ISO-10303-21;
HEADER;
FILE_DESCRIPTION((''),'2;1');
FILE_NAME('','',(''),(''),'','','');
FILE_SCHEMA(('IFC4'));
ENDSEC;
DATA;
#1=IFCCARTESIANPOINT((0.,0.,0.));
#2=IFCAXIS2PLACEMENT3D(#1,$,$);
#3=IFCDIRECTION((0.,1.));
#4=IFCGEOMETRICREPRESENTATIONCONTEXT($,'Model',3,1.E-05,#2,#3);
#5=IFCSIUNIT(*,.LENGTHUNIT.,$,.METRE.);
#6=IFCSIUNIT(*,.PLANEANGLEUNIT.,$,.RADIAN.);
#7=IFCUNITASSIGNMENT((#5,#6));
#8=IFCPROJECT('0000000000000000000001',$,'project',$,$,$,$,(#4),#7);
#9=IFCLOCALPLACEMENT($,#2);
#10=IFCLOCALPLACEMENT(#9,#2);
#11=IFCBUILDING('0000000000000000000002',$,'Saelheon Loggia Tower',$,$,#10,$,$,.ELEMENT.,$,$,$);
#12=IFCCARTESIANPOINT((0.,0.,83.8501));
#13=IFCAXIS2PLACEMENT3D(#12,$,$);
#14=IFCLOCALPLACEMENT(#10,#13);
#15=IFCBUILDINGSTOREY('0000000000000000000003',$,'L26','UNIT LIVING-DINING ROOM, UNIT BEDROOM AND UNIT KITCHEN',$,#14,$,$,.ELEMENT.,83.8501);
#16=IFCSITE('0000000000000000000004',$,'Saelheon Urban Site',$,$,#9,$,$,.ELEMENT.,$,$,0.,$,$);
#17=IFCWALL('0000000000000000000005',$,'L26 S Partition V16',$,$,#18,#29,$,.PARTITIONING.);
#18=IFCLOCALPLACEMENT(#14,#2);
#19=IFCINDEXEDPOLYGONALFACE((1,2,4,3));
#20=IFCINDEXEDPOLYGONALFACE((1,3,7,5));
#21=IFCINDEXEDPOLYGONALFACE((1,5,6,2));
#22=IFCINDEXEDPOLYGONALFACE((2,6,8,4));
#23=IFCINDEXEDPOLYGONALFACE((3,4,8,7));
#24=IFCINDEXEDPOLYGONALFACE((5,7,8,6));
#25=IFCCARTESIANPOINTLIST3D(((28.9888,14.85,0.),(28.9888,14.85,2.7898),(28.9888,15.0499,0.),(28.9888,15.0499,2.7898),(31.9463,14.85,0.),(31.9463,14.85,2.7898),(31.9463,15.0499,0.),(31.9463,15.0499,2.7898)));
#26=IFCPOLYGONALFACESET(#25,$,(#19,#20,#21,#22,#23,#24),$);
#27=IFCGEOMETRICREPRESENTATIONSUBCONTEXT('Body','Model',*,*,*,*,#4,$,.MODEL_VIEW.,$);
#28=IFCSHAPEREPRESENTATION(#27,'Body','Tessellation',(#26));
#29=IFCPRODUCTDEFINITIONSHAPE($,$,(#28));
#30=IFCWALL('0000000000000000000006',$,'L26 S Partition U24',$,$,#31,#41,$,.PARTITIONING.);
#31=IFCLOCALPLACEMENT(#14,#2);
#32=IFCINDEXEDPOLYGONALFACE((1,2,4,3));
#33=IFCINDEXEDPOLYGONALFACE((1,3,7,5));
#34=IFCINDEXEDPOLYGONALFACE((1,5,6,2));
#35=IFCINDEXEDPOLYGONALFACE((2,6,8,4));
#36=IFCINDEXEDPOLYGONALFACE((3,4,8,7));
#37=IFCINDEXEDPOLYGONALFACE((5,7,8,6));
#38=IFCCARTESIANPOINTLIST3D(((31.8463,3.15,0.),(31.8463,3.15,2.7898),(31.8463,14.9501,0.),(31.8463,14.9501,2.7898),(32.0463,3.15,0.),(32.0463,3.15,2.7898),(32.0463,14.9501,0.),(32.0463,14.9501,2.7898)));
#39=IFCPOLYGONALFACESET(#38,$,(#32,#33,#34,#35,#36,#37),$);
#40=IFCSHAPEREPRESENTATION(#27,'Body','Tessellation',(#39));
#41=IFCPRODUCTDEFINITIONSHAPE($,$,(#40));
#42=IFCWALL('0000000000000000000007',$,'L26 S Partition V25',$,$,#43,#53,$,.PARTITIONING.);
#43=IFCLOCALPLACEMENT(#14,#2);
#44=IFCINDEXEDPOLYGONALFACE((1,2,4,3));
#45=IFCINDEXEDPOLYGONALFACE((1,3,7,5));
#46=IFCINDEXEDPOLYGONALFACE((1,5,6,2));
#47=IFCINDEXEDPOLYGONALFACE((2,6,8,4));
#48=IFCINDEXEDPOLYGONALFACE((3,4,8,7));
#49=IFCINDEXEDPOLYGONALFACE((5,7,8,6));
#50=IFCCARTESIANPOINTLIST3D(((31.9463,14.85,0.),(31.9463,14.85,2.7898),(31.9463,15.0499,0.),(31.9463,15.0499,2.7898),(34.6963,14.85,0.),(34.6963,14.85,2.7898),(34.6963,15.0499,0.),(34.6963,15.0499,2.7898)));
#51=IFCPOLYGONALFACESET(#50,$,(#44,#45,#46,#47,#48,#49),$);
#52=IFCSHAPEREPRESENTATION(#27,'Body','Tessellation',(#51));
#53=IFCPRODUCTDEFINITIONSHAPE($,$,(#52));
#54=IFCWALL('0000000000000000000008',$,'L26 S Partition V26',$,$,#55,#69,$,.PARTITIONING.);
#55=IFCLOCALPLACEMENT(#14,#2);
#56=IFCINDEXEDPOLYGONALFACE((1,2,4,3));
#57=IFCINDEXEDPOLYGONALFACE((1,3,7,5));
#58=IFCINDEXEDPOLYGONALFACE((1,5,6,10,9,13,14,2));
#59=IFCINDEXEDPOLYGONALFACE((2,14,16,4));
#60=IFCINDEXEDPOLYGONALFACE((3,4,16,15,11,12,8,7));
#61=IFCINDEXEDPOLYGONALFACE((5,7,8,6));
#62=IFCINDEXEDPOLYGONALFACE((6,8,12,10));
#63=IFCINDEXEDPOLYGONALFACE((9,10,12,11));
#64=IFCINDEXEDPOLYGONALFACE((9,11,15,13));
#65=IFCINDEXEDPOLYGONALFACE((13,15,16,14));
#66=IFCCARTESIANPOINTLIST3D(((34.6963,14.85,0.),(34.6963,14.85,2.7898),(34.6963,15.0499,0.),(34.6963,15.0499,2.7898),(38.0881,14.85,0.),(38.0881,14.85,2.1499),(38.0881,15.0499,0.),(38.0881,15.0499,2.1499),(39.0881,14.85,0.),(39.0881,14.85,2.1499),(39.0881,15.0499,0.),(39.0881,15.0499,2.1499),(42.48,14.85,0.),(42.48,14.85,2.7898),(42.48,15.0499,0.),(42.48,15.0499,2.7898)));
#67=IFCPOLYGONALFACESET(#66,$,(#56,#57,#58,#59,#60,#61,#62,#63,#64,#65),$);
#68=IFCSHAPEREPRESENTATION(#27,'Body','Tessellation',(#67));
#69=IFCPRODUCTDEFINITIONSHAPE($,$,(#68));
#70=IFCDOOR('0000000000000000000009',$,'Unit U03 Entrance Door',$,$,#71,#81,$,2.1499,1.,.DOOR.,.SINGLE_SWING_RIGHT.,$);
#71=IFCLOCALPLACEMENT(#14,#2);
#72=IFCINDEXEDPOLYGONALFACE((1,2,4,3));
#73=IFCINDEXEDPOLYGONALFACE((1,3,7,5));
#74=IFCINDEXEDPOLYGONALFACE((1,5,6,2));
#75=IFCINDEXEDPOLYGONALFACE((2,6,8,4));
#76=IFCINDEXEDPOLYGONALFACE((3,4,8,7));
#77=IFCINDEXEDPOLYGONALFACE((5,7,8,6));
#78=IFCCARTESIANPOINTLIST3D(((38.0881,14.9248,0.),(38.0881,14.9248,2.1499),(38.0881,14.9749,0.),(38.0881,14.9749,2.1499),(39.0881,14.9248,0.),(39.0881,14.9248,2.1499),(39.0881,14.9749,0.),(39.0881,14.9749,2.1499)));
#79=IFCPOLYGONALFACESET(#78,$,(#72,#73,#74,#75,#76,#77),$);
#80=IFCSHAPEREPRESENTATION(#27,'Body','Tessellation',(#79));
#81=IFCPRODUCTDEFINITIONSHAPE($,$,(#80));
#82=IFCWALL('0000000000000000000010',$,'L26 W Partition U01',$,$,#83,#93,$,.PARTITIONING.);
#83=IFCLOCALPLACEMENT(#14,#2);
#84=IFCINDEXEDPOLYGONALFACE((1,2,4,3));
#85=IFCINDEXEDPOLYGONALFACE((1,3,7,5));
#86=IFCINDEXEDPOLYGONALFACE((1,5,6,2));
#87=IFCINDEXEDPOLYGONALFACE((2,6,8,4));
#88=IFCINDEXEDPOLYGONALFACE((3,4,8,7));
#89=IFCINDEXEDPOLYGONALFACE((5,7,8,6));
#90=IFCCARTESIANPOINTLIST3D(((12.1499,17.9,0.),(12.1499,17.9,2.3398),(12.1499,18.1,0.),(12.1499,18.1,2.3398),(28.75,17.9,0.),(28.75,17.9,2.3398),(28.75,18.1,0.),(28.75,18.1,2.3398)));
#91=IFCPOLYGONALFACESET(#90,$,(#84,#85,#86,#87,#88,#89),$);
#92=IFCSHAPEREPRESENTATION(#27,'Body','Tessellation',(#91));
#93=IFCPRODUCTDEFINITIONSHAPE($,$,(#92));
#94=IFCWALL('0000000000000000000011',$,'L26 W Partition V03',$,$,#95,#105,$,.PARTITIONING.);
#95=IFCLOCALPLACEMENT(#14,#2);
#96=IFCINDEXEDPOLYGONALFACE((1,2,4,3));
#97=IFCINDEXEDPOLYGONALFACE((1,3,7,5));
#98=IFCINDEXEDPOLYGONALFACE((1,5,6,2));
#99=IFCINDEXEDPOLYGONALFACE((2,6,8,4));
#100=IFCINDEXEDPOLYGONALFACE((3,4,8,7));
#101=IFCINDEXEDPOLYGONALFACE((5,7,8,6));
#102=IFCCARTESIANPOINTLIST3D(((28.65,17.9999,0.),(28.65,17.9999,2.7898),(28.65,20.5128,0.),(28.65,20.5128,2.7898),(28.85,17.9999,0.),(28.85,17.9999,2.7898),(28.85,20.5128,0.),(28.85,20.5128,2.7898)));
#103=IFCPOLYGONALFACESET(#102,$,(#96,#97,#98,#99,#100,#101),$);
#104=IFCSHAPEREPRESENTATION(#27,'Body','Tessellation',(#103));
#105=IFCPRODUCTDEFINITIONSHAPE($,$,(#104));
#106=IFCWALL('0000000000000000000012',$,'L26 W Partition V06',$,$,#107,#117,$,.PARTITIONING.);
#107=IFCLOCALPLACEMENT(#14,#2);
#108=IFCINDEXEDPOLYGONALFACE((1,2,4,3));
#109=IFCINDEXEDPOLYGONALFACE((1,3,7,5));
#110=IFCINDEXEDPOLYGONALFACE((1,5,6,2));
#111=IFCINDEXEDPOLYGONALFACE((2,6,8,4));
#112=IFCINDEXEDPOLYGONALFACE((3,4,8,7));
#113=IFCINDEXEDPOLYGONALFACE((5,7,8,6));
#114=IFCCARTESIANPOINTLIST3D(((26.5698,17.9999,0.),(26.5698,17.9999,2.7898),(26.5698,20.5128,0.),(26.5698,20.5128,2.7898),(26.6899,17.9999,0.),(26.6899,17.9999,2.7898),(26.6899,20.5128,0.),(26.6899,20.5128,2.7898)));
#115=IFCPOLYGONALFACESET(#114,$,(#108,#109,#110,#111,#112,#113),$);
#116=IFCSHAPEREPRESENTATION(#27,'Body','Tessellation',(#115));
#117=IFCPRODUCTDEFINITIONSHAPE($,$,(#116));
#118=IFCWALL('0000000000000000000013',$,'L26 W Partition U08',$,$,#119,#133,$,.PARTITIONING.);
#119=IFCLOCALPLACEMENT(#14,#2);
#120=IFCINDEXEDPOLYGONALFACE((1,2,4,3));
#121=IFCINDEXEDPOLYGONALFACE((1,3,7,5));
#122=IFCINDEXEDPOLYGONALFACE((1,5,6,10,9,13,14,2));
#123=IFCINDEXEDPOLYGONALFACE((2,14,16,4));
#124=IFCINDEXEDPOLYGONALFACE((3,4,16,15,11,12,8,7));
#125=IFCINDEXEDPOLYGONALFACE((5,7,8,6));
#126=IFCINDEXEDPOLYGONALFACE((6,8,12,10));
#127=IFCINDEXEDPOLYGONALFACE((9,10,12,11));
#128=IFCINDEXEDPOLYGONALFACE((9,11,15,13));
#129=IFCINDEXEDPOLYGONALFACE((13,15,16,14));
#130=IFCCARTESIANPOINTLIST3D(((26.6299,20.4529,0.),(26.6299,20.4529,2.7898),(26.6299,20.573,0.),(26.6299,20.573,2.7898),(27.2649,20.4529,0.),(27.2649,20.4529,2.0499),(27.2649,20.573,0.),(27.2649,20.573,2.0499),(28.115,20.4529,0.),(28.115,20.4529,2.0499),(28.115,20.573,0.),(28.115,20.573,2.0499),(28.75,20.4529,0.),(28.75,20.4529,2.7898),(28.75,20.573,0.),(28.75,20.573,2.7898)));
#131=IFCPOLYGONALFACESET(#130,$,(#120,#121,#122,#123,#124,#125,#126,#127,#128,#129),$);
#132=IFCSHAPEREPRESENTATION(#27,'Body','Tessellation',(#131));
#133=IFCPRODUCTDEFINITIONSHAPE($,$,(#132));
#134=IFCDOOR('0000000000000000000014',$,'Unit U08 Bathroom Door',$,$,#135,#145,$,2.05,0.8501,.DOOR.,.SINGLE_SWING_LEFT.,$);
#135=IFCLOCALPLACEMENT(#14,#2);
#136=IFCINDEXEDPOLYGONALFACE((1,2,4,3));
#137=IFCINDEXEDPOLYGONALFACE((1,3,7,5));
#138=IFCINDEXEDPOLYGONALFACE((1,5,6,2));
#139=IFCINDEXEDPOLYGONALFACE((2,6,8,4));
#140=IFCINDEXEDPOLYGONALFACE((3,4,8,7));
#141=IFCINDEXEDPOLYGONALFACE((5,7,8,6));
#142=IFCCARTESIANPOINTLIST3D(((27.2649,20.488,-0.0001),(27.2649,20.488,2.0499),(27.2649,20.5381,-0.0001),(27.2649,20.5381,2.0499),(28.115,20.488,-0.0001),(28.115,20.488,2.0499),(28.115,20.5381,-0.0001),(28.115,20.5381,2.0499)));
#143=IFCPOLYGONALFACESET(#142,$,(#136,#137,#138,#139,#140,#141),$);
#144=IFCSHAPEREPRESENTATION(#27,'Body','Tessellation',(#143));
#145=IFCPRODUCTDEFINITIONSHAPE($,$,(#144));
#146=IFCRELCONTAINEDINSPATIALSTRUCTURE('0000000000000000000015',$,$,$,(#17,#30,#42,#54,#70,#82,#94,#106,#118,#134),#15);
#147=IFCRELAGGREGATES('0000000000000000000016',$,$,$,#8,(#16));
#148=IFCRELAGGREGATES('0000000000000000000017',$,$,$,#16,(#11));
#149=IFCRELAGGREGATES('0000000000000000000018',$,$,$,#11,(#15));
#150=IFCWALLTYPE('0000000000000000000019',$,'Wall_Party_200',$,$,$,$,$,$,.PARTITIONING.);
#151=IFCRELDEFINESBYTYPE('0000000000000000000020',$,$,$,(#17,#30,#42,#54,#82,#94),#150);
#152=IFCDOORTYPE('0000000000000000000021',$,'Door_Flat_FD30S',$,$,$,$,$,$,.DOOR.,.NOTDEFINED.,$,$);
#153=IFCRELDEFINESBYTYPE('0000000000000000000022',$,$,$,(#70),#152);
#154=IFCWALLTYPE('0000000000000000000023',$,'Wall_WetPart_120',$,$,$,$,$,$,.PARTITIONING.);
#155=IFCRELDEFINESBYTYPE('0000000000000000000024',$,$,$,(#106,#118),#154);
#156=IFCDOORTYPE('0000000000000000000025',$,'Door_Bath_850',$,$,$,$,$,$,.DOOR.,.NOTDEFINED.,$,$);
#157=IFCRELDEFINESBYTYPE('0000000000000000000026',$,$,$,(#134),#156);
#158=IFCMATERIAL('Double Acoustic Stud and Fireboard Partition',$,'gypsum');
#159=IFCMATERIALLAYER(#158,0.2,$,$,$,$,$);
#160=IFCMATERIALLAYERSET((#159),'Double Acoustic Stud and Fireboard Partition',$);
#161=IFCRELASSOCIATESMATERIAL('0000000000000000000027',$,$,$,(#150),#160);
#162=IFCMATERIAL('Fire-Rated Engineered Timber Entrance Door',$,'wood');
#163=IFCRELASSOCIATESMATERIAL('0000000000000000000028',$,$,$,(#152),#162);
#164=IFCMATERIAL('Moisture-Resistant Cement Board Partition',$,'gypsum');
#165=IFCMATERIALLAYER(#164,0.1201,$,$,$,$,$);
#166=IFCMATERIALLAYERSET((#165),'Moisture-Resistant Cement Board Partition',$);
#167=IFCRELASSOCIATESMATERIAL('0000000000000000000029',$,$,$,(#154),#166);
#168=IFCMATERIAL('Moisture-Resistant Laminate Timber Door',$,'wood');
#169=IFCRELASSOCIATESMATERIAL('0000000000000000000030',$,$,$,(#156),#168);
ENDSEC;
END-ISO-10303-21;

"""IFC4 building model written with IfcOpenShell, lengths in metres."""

from ifc_helpers import new_model, si_unit, direction, frame, frame_2d, origin, place, context, subcontext, project, spatial, rectangle, extrude, source, transform, mapped, material, layer, layer_set, type_object, element, fill, save


model = new_model("IFC4")

# Units and contexts
model_context = context("Model", 3, precision=1e-05, world=origin(), true_north=direction((0.0, 1.0)))
body_context = subcontext(model_context, "Body", "Model", "MODEL_VIEW")
ifc_project = project(units=[si_unit("LENGTHUNIT", "METRE"), si_unit("PLANEANGLEUNIT", "RADIAN")], contexts=[model_context])

# Site, building, storey
site_placement = place(None, origin())
site = spatial("IfcSite", under=ifc_project, at=site_placement, Name="Saelheon Urban Site", CompositionType="ELEMENT", RefElevation=0.0)
building_placement = place(site_placement, origin())
building = spatial("IfcBuilding", under=site, at=building_placement, Name="Saelheon Loggia Tower", CompositionType="ELEMENT")
storey_placement = place(building_placement, frame((0.0, 0.0, 83.8501)))
storey = spatial("IfcBuildingStorey", under=building, at=storey_placement, Name="L26", Description="UNIT LIVING-DINING ROOM, UNIT BEDROOM AND UNIT KITCHEN", CompositionType="ELEMENT", Elevation=83.8501)

# Walls
ifc_material_1 = material(Name="Double Acoustic Stud and Fireboard Partition", Category="gypsum")
ifc_layer_1 = layer(ifc_material_1, 0.2)
ifc_layer_set_1 = layer_set([ifc_layer_1], Name="Double Acoustic Stud and Fireboard Partition")
wall_type_1 = type_object("IfcWallType", Name="Wall_Party_200", PredefinedType="PARTITIONING", material=ifc_layer_set_1)
wall_1_placement = place(storey_placement, frame((28.9888, 14.95, 0.0), z_axis=(0.0, 0.0, 1.0), x_axis=(1.0, 0.0, 0.0)))
element("IfcWall", 1, at=wall_1_placement, inside=storey, type_object=wall_type_1, Name="L26 S Partition V16", PredefinedType="PARTITIONING", context=body_context, shape_type="SweptSolid", body=[
    extrude(rectangle(XDim=2.9575, YDim=0.2, at=frame_2d((1.4788, 0.0))), origin(), (0.0, 0.0, 1.0), 2.7898),
])
wall_2_placement = place(storey_placement, frame((31.9463, 14.95, 0.0), z_axis=(0.0, 0.0, 1.0), x_axis=(0.0, -1.0, 0.0)))
element("IfcWall", 2, at=wall_2_placement, inside=storey, type_object=wall_type_1, Name="L26 S Partition U24", PredefinedType="PARTITIONING", context=body_context, shape_type="SweptSolid", body=[
    extrude(rectangle(XDim=11.8, YDim=0.2, at=frame_2d((5.8999, 0.0))), origin(), (0.0, 0.0, 1.0), 2.7898),
])
wall_3_placement = place(storey_placement, frame((31.9463, 14.95, 0.0), z_axis=(0.0, 0.0, 1.0), x_axis=(1.0, 0.0, 0.0)))
element("IfcWall", 3, at=wall_3_placement, inside=storey, type_object=wall_type_1, Name="L26 S Partition V25", PredefinedType="PARTITIONING", context=body_context, shape_type="SweptSolid", body=[
    extrude(rectangle(XDim=2.75, YDim=0.2, at=frame_2d((1.375, 0.0))), origin(), (0.0, 0.0, 1.0), 2.7898),
])

# Wall, opening, door
wall_4_placement = place(storey_placement, frame((34.6963, 14.95, 0.0), z_axis=(0.0, 0.0, 1.0), x_axis=(1.0, 0.0, 0.0)))
wall_4 = element("IfcWall", 4, at=wall_4_placement, inside=storey, type_object=wall_type_1, Name="L26 S Partition V26", PredefinedType="PARTITIONING", context=body_context, shape_type="SweptSolid", body=[
    extrude(rectangle(XDim=7.7837, YDim=0.2, at=frame_2d((3.8918, 0.0))), origin(), (0.0, 0.0, 1.0), 2.7898),
])
opening_1_placement = place(wall_4_placement, frame((3.3918, 0.0, 0.0)))
opening_1 = element("IfcOpeningElement", 5, at=opening_1_placement, cuts=wall_4, PredefinedType="OPENING", context=body_context, shape_type="SweptSolid", body=[
    extrude(rectangle(XDim=1.0, YDim=2.1499, at=frame_2d((0.5, 1.075))), frame((0.0, 0.1121, 0.0), z_axis=(0.0, -1.0, 0.0), x_axis=(1.0, 0.0, 0.0)), (0.0, 0.0, 1.0), 0.2239),
])
ifc_material_2 = material(Name="Fire-Rated Engineered Timber Entrance Door", Category="wood")
door_type_1 = type_object("IfcDoorType", Name="Door_Flat_FD30S", OperationType="NOTDEFINED", PredefinedType="DOOR", material=ifc_material_2)
shared_shape_1 = source(origin(), body_context, "Body", "SweptSolid", [
    extrude(rectangle(XDim=1.0, YDim=2.1499, at=frame_2d((0.5, 1.075))), frame((0.0, 0.0249, 0.0), z_axis=(0.0, -1.0, 0.0), x_axis=(1.0, 0.0, 0.0)), (0.0, 0.0, 1.0), 0.05),
])
door_1_placement = place(opening_1_placement, origin())
door_1 = element("IfcDoor", 6, at=door_1_placement, inside=storey, type_object=door_type_1, Name="Unit U03 Entrance Door", OperationType="SINGLE_SWING_RIGHT", OverallHeight=2.1499, OverallWidth=1.0, PredefinedType="DOOR", context=body_context, shape_type="MappedRepresentation", body=[
    mapped(shared_shape_1, transform((0.0, 0.0, 0.0), scale=1.0)),
])
fill(opening_1, door_1)

# Walls
wall_5_placement = place(storey_placement, frame((28.75, 18.0, 0.0), z_axis=(0.0, 0.0, 1.0), x_axis=(-1.0, 0.0, 0.0)))
element("IfcWall", 7, at=wall_5_placement, inside=storey, type_object=wall_type_1, Name="L26 W Partition U01", PredefinedType="PARTITIONING", context=body_context, shape_type="SweptSolid", body=[
    extrude(rectangle(XDim=16.6001, YDim=0.2, at=frame_2d((8.3, 0.0))), origin(), (0.0, 0.0, 1.0), 2.3398),
])
wall_6_placement = place(storey_placement, frame((28.75, 18.0, 0.0), z_axis=(0.0, 0.0, 1.0), x_axis=(0.0, 1.0, 0.0)))
element("IfcWall", 8, at=wall_6_placement, inside=storey, type_object=wall_type_1, Name="L26 W Partition V03", PredefinedType="PARTITIONING", context=body_context, shape_type="SweptSolid", body=[
    extrude(rectangle(XDim=2.5129, YDim=0.2, at=frame_2d((1.2563, 0.0))), origin(), (0.0, 0.0, 1.0), 2.7898),
])

# Wall
ifc_material_3 = material(Name="Moisture-Resistant Cement Board Partition", Category="gypsum")
ifc_layer_2 = layer(ifc_material_3, 0.1201)
ifc_layer_set_2 = layer_set([ifc_layer_2], Name="Moisture-Resistant Cement Board Partition")
wall_type_2 = type_object("IfcWallType", Name="Wall_WetPart_120", PredefinedType="PARTITIONING", material=ifc_layer_set_2)
wall_7_placement = place(storey_placement, frame((26.6299, 18.0, 0.0), z_axis=(0.0, 0.0, 1.0), x_axis=(0.0, 1.0, 0.0)))
element("IfcWall", 9, at=wall_7_placement, inside=storey, type_object=wall_type_2, Name="L26 W Partition V06", PredefinedType="PARTITIONING", context=body_context, shape_type="SweptSolid", body=[
    extrude(rectangle(XDim=2.5129, YDim=0.1201, at=frame_2d((1.2563, 0.0))), origin(), (0.0, 0.0, 1.0), 2.7898),
])

# Wall, opening, door
wall_8_placement = place(storey_placement, frame((28.75, 20.5129, 0.0), z_axis=(0.0, 0.0, 1.0), x_axis=(-1.0, 0.0, 0.0)))
wall_8 = element("IfcWall", 10, at=wall_8_placement, inside=storey, type_object=wall_type_2, Name="L26 W Partition U08", PredefinedType="PARTITIONING", context=body_context, shape_type="SweptSolid", body=[
    extrude(rectangle(XDim=2.1201, YDim=0.1201, at=frame_2d((1.0601, 0.0))), origin(), (0.0, 0.0, 1.0), 2.7898),
])
opening_2_placement = place(wall_8_placement, frame((0.635, 0.0, 0.0)))
opening_2 = element("IfcOpeningElement", 11, at=opening_2_placement, cuts=wall_8, PredefinedType="OPENING", context=body_context, shape_type="SweptSolid", body=[
    extrude(rectangle(XDim=0.8501, YDim=2.05, at=frame_2d((0.425, 1.0249))), frame((0.0, 0.072, 0.0), z_axis=(0.0, -1.0, 0.0), x_axis=(1.0, 0.0, 0.0)), (0.0, 0.0, 1.0), 0.144),
])
ifc_material_4 = material(Name="Moisture-Resistant Laminate Timber Door", Category="wood")
door_type_2 = type_object("IfcDoorType", Name="Door_Bath_850", OperationType="NOTDEFINED", PredefinedType="DOOR", material=ifc_material_4)
shared_shape_2 = source(origin(), body_context, "Body", "SweptSolid", [
    extrude(rectangle(XDim=0.8501, YDim=2.05, at=frame_2d((0.425, 1.0249))), frame((0.0, 0.0249, 0.0), z_axis=(0.0, -1.0, 0.0), x_axis=(1.0, 0.0, 0.0)), (0.0, 0.0, 1.0), 0.05),
])
door_2_placement = place(opening_2_placement, origin())
door_2 = element("IfcDoor", 12, at=door_2_placement, inside=storey, type_object=door_type_2, Name="Unit U08 Bathroom Door", OperationType="SINGLE_SWING_LEFT", OverallHeight=2.05, OverallWidth=0.8501, PredefinedType="DOOR", context=body_context, shape_type="MappedRepresentation", body=[
    mapped(shared_shape_2, transform((0.0, 0.0, 0.0), scale=1.0)),
])
fill(opening_2, door_2)

save(model, "model.ifc")
